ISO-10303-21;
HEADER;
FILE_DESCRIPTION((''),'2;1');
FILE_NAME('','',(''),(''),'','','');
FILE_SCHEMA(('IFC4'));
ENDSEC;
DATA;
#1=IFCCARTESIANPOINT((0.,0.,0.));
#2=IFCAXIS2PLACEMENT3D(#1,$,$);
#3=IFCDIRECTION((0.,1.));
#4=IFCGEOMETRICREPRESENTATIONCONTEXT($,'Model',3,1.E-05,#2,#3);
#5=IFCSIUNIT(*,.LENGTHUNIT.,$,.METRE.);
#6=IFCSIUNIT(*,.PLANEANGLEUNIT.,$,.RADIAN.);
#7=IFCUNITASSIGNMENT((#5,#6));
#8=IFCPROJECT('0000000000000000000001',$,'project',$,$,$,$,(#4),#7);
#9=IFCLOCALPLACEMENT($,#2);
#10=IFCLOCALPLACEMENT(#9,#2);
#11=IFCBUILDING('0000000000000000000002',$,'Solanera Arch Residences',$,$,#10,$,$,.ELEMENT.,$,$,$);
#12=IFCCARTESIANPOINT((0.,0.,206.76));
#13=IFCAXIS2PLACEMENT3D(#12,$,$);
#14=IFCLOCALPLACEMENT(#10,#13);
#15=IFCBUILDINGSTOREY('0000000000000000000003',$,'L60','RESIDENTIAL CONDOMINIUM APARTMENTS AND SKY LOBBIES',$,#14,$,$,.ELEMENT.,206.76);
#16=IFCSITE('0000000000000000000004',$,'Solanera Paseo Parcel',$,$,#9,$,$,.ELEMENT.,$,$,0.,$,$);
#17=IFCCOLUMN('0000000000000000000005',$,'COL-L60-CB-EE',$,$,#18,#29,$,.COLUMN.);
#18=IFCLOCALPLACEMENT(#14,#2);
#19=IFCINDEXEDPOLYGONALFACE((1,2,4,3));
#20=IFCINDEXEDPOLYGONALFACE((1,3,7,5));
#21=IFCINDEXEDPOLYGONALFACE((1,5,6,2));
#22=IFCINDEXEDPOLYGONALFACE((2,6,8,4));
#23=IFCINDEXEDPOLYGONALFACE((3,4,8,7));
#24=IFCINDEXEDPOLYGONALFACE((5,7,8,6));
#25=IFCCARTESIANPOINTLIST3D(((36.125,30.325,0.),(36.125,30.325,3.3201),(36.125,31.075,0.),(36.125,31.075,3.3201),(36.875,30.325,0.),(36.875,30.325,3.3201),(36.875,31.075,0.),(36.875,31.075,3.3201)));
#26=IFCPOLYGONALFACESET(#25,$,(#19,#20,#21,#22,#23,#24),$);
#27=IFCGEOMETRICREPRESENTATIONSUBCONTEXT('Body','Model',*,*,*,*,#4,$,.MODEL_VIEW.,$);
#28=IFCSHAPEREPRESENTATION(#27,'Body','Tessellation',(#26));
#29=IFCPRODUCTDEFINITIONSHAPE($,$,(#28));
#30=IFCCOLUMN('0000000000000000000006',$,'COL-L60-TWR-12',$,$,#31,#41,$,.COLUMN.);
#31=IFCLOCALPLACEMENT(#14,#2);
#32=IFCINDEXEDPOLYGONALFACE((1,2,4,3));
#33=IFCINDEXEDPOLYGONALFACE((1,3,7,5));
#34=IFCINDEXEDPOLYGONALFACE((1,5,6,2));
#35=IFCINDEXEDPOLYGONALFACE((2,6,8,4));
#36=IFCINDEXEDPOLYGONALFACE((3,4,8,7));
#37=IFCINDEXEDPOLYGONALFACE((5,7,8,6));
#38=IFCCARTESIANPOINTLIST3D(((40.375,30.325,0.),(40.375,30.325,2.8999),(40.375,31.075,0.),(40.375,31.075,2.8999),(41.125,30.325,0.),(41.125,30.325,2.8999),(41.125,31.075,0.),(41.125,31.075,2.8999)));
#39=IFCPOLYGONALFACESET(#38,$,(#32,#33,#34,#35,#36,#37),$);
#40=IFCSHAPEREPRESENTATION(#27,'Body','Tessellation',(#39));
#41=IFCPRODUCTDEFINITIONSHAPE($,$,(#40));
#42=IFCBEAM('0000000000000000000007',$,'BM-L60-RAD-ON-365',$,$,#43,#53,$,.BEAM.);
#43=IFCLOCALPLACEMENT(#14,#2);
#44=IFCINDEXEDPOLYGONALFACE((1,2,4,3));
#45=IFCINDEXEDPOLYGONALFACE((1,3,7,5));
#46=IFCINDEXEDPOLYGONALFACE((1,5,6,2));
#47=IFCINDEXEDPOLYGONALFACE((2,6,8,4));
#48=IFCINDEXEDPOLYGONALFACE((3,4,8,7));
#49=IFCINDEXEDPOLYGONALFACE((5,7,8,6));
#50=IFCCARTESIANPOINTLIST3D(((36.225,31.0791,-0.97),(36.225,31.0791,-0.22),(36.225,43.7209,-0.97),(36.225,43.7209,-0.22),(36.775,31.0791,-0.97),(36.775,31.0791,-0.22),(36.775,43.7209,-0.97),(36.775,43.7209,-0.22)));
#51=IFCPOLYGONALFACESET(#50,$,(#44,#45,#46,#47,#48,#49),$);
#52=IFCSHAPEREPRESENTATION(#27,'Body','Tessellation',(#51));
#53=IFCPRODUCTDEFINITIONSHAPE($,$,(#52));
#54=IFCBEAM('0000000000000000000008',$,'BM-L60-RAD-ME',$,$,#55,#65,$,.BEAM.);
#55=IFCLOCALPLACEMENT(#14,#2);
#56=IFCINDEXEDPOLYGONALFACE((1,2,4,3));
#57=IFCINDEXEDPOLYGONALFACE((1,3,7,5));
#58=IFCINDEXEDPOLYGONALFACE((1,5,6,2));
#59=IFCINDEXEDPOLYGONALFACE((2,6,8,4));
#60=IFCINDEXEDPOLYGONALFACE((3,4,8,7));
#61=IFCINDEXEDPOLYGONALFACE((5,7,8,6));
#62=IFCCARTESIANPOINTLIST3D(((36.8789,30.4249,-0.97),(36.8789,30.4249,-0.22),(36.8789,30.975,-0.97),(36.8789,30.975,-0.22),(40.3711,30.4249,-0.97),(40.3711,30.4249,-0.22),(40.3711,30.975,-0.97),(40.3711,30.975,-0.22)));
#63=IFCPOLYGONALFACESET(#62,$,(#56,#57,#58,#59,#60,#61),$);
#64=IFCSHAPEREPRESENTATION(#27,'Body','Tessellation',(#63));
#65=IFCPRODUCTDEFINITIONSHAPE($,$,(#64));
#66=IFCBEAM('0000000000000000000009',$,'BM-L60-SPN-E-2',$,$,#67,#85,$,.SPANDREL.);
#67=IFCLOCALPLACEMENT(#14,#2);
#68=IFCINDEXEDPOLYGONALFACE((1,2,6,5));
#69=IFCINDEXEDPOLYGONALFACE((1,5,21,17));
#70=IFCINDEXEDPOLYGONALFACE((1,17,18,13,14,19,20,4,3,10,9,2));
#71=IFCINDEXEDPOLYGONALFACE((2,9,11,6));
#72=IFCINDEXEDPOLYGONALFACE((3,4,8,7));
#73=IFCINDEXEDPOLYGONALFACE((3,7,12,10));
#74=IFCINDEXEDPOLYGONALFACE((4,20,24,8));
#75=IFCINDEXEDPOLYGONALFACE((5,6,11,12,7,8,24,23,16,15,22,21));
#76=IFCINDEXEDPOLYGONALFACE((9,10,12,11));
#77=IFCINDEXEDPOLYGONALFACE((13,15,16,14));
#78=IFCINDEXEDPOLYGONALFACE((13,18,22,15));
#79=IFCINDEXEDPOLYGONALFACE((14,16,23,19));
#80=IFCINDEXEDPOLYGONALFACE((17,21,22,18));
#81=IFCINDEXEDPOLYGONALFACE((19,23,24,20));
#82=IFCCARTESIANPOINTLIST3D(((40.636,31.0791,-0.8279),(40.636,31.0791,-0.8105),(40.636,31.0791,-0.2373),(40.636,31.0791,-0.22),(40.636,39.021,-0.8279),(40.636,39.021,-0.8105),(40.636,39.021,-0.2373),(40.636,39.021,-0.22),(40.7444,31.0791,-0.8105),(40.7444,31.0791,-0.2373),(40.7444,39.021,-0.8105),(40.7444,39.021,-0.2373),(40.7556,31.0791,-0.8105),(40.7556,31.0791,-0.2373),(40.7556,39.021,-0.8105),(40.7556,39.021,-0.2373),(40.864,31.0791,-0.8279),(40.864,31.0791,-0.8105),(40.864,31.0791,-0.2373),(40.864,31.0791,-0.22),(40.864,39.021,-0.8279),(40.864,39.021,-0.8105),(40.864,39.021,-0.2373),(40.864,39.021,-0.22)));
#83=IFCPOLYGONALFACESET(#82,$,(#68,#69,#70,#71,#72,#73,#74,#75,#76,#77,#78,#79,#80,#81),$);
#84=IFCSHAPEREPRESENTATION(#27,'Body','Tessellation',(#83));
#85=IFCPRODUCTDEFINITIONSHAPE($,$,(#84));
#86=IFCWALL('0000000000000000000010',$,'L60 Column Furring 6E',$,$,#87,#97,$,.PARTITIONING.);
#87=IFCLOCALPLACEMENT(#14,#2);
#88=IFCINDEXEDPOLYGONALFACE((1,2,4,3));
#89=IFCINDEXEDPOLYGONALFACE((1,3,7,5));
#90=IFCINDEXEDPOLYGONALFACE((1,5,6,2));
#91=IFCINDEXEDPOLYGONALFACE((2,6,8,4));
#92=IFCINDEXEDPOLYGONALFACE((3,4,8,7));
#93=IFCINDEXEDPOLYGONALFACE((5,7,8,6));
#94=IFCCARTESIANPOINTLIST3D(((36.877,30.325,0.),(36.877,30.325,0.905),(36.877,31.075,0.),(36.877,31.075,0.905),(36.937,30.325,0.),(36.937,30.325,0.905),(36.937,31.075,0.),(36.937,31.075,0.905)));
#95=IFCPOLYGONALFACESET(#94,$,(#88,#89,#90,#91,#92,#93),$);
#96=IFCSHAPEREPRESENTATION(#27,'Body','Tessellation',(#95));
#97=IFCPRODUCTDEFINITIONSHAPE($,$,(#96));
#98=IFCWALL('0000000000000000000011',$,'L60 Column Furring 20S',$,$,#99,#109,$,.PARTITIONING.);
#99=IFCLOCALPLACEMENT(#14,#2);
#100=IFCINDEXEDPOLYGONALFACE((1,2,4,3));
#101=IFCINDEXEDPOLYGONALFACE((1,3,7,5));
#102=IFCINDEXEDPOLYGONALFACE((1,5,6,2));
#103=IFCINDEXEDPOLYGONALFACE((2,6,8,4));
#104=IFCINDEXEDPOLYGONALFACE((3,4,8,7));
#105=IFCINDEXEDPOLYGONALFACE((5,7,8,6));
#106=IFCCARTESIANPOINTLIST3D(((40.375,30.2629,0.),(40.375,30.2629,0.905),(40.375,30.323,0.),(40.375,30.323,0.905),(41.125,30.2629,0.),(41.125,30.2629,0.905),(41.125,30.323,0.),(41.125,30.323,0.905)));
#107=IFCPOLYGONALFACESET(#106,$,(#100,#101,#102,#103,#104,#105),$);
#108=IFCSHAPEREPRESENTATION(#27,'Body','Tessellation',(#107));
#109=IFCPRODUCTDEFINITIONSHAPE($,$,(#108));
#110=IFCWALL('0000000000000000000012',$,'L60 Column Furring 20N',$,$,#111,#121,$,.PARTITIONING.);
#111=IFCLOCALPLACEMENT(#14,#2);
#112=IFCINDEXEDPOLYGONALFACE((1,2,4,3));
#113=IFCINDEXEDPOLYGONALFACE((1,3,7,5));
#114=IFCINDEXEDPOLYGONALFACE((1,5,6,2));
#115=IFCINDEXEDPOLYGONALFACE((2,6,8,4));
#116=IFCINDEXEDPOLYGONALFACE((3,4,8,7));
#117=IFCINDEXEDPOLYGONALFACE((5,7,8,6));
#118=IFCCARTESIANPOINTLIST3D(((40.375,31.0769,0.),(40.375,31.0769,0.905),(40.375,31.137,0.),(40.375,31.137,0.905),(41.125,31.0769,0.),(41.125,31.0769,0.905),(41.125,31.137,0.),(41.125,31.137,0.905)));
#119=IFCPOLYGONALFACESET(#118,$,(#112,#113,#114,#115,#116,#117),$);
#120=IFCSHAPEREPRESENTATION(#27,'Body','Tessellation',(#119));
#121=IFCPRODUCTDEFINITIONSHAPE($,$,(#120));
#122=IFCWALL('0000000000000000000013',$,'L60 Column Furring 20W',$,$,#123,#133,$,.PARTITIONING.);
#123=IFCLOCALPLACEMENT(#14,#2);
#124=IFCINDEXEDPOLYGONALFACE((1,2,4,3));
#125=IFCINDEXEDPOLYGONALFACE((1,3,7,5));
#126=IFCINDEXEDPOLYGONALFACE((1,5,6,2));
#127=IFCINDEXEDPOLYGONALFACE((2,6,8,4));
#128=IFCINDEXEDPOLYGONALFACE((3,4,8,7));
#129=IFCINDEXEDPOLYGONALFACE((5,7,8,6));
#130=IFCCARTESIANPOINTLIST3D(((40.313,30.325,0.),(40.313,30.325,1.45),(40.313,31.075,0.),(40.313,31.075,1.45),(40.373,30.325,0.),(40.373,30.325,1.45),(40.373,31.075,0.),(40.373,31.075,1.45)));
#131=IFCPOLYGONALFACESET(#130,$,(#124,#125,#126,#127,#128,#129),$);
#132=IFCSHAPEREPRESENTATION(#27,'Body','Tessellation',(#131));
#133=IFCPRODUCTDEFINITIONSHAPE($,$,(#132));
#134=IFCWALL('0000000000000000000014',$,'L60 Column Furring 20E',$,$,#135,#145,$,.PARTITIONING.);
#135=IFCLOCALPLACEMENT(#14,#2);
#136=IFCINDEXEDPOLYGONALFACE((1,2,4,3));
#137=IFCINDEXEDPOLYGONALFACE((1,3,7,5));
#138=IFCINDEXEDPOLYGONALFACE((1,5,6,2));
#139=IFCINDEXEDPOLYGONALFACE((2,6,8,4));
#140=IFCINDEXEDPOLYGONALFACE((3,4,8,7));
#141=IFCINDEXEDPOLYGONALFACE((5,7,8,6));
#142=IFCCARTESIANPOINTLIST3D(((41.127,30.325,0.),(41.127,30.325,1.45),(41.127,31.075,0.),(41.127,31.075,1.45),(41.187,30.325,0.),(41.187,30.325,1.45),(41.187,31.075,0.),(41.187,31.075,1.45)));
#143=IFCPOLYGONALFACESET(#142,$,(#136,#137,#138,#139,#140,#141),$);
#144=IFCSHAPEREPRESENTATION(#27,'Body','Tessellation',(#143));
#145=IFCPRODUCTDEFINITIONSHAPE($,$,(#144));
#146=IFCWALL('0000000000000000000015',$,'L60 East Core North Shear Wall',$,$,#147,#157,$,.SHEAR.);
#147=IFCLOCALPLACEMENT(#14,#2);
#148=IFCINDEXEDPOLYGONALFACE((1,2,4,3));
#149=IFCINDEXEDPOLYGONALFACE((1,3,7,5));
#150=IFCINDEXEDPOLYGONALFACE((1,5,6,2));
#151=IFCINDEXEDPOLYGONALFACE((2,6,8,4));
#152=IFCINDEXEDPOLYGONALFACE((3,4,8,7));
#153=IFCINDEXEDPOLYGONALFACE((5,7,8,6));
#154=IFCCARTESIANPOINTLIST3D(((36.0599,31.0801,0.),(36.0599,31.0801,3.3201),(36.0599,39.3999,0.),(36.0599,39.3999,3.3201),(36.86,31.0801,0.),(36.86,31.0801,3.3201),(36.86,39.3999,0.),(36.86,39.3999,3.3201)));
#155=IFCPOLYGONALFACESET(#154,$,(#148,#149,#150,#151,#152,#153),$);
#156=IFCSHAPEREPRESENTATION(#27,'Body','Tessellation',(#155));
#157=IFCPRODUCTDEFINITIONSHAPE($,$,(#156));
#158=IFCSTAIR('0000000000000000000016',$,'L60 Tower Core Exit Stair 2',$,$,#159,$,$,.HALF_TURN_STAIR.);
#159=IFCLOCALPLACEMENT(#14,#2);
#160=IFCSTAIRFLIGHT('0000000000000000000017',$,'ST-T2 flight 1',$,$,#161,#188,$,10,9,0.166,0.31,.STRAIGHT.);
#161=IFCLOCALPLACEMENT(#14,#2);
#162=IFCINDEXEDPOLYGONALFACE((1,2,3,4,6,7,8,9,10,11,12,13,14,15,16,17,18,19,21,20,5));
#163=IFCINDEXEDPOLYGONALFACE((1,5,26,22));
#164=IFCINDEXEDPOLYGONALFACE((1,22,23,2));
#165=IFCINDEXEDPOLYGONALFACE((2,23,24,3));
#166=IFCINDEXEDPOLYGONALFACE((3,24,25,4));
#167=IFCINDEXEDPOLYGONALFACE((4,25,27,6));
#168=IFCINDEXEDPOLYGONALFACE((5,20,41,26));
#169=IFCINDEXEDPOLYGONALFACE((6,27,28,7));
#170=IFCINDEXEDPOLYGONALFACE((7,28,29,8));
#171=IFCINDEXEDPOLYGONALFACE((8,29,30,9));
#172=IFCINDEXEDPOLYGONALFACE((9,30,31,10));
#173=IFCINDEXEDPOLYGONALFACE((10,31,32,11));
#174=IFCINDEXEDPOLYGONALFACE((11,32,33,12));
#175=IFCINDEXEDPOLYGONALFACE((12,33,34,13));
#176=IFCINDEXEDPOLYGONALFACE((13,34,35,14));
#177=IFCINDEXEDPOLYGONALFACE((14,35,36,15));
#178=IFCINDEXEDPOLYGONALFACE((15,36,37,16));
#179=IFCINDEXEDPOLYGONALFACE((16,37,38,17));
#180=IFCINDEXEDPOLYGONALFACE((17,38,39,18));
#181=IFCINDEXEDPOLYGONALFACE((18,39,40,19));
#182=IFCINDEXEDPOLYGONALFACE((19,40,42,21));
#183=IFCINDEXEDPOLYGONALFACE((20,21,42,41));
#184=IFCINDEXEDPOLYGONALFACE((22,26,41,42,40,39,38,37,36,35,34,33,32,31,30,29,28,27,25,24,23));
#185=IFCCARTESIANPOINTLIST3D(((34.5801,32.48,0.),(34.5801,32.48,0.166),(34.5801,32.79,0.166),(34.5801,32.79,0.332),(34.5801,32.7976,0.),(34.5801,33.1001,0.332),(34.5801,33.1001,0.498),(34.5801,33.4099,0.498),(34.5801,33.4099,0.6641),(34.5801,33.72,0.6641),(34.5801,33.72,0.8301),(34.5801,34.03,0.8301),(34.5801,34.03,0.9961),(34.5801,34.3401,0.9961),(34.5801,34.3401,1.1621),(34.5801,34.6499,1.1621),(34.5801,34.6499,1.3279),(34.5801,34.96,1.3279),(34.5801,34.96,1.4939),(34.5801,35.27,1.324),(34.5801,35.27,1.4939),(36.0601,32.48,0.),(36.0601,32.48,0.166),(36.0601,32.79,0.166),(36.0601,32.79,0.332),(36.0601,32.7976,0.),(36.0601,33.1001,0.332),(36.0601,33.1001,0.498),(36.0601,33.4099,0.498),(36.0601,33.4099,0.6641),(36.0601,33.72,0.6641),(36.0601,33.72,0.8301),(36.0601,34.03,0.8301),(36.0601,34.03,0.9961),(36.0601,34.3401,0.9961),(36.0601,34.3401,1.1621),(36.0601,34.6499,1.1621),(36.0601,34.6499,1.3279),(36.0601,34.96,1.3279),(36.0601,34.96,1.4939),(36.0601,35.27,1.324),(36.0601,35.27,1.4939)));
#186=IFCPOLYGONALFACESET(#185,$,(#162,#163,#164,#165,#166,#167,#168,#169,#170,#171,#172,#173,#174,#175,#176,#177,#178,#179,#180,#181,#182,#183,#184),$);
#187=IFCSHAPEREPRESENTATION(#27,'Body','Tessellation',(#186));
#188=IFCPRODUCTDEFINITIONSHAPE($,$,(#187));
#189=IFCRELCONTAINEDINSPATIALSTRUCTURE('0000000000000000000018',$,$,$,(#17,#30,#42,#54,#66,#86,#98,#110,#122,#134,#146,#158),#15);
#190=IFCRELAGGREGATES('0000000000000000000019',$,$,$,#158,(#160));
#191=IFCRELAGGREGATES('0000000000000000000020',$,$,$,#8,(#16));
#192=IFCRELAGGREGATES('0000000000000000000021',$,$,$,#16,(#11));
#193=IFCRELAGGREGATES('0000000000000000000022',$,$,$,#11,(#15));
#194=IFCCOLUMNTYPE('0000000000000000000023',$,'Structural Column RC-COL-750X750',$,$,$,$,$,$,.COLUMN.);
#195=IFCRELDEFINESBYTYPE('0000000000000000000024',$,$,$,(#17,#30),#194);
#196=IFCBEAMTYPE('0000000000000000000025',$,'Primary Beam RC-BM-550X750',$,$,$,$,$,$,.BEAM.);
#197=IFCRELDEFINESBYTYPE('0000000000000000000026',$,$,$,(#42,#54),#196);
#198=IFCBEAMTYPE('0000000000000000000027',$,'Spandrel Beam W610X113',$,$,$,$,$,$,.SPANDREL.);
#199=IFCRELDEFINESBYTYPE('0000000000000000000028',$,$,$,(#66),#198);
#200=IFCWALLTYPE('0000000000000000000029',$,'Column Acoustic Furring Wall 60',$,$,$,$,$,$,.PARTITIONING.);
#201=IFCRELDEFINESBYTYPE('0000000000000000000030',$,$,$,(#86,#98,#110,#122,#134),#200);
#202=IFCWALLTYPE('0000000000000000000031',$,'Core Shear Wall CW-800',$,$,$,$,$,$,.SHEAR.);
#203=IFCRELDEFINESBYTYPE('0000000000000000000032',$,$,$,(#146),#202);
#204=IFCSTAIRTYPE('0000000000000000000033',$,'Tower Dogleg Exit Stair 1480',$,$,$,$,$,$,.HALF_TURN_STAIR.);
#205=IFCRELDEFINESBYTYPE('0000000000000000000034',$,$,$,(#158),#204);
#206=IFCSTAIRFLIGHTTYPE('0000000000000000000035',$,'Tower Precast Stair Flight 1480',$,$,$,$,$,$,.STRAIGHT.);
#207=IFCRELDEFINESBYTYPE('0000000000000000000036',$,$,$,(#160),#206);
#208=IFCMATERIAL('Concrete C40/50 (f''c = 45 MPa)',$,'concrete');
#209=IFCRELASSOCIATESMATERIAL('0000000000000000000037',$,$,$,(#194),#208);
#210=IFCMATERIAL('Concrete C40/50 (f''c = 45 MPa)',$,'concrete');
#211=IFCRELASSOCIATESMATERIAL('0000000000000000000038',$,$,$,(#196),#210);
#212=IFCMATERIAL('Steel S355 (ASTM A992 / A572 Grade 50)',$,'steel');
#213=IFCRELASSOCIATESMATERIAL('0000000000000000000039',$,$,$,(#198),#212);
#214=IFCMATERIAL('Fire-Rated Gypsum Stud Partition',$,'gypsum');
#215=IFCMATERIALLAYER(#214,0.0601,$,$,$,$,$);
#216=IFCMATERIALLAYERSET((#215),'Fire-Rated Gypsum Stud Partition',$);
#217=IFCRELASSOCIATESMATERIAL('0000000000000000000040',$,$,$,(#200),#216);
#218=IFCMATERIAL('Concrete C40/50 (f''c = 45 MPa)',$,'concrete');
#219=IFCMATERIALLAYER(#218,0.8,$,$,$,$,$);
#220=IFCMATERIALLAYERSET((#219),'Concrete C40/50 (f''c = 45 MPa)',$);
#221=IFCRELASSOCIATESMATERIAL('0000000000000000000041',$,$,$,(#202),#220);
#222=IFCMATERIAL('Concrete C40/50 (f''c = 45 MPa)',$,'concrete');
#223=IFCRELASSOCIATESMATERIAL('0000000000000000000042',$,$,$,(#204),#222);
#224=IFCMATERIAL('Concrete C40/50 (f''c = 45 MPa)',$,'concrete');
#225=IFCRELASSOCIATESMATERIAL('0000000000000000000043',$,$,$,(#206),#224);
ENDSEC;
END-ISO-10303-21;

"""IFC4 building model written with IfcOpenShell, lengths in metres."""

from ifc_helpers import new_model, si_unit, direction, frame, frame_2d, origin, origin_2d, place, context, subcontext, project, spatial, polyline, rectangle, i_section, outline, extrude, material, layer, layer_set, material_profile, profile_set, type_object, element, aggregate, save


model = new_model("IFC4")

# Units and contexts
model_context = context("Model", 3, precision=1e-05, world=origin(), true_north=direction((0.0, 1.0)))
body_context = subcontext(model_context, "Body", "Model", "MODEL_VIEW")
ifc_project = project(units=[si_unit("LENGTHUNIT", "METRE"), si_unit("PLANEANGLEUNIT", "RADIAN")], contexts=[model_context])

# Site, building, storey
site_placement = place(None, origin())
site = spatial("IfcSite", under=ifc_project, at=site_placement, Name="Solanera Paseo Parcel", CompositionType="ELEMENT", RefElevation=0.0)
building_placement = place(site_placement, origin())
building = spatial("IfcBuilding", under=site, at=building_placement, Name="Solanera Arch Residences", CompositionType="ELEMENT")
storey_placement = place(building_placement, frame((0.0, 0.0, 206.76)))
storey = spatial("IfcBuildingStorey", under=building, at=storey_placement, Name="L60", Description="RESIDENTIAL CONDOMINIUM APARTMENTS AND SKY LOBBIES", CompositionType="ELEMENT", Elevation=206.76)

# Columns
ifc_material_1 = material(Name="Concrete C40/50 (f'c = 45 MPa)", Category="concrete")
ifc_material_profile_1 = material_profile(ifc_material_1, rectangle(XDim=0.75, YDim=0.75, at=origin_2d()))
ifc_profile_set_1 = profile_set([ifc_material_profile_1], Name="Concrete C40/50 (f'c = 45 MPa)")
column_type = type_object("IfcColumnType", Name="Structural Column RC-COL-750X750", PredefinedType="COLUMN", material=ifc_profile_set_1)
column_1_placement = place(storey_placement, frame((36.5, 30.7, 0.0), z_axis=(0.0, 0.0, 1.0), x_axis=(1.0, 0.0, 0.0)))
element("IfcColumn", 1, at=column_1_placement, inside=storey, type_object=column_type, Name="COL-L60-CB-EE", PredefinedType="COLUMN", context=body_context, shape_type="SweptSolid", body=[
    extrude(rectangle(XDim=0.75, YDim=0.75, at=origin_2d()), origin(), (0.0, 0.0, 1.0), 3.3201),
])
column_2_placement = place(storey_placement, frame((40.75, 30.7, 0.0), z_axis=(0.0, 0.0, 1.0), x_axis=(1.0, 0.0, 0.0)))
element("IfcColumn", 2, at=column_2_placement, inside=storey, type_object=column_type, Name="COL-L60-TWR-12", PredefinedType="COLUMN", context=body_context, shape_type="SweptSolid", body=[
    extrude(rectangle(XDim=0.75, YDim=0.75, at=origin_2d()), origin(), (0.0, 0.0, 1.0), 2.8999),
])

# Beams
ifc_material_2 = material(Name="Concrete C40/50 (f'c = 45 MPa)", Category="concrete")
ifc_material_profile_2 = material_profile(ifc_material_2, rectangle(XDim=0.55, YDim=0.75, at=origin_2d()))
ifc_profile_set_2 = profile_set([ifc_material_profile_2], Name="Concrete C40/50 (f'c = 45 MPa)")
beam_type_1 = type_object("IfcBeamType", Name="Primary Beam RC-BM-550X750", PredefinedType="BEAM", material=ifc_profile_set_2)
beam_1_placement = place(storey_placement, frame((36.5, 31.0791, -0.595), z_axis=(0.0, 1.0, 0.0), x_axis=(-1.0, 0.0, 0.0)))
element("IfcBeam", 3, at=beam_1_placement, inside=storey, type_object=beam_type_1, Name="BM-L60-RAD-ON-365", PredefinedType="BEAM", context=body_context, shape_type="SweptSolid", body=[
    extrude(rectangle(XDim=0.55, YDim=0.75, at=origin_2d()), origin(), (0.0, 0.0, 1.0), 12.6418),
])
beam_2_placement = place(storey_placement, frame((36.8789, 30.7, -0.595), z_axis=(1.0, 0.0, 0.0), x_axis=(0.0, 1.0, 0.0)))
element("IfcBeam", 4, at=beam_2_placement, inside=storey, type_object=beam_type_1, Name="BM-L60-RAD-ME", PredefinedType="BEAM", context=body_context, shape_type="SweptSolid", body=[
    extrude(rectangle(XDim=0.55, YDim=0.75, at=origin_2d()), origin(), (0.0, 0.0, 1.0), 3.4922),
])
ifc_material_3 = material(Name="Steel S355 (ASTM A992 / A572 Grade 50)", Category="steel")
ifc_material_profile_3 = material_profile(ifc_material_3, i_section(OverallWidth=0.228, OverallDepth=0.6079, WebThickness=0.0112, FlangeThickness=0.0173, at=origin_2d()))
ifc_profile_set_3 = profile_set([ifc_material_profile_3], Name="Steel S355 (ASTM A992 / A572 Grade 50)")
beam_type_2 = type_object("IfcBeamType", Name="Spandrel Beam W610X113", PredefinedType="SPANDREL", material=ifc_profile_set_3)
beam_3_placement = place(storey_placement, frame((40.75, 31.0791, -0.5239), z_axis=(0.0, 1.0, 0.0), x_axis=(-1.0, 0.0, 0.0)))
element("IfcBeam", 5, at=beam_3_placement, inside=storey, type_object=beam_type_2, Name="BM-L60-SPN-E-2", PredefinedType="SPANDREL", context=body_context, shape_type="SweptSolid", body=[
    extrude(i_section(OverallWidth=0.228, OverallDepth=0.6079, WebThickness=0.0112, FlangeThickness=0.0173, at=origin_2d()), origin(), (0.0, 0.0, 1.0), 7.9419),
])

# Walls
ifc_material_4 = material(Name="Fire-Rated Gypsum Stud Partition", Category="gypsum")
ifc_layer_1 = layer(ifc_material_4, 0.0601)
ifc_layer_set_1 = layer_set([ifc_layer_1], Name="Fire-Rated Gypsum Stud Partition")
wall_type_1 = type_object("IfcWallType", Name="Column Acoustic Furring Wall 60", PredefinedType="PARTITIONING", material=ifc_layer_set_1)
for number, where, z_axis, x_axis, name in (
    (6, (36.907, 30.325, 0.0), (0.0, 0.0, 1.0), (0.0, 1.0, 0.0), "L60 Column Furring 6E"),
    (7, (40.375, 30.293, 0.0), (0.0, 0.0, 1.0), (1.0, 0.0, 0.0), "L60 Column Furring 20S"),
    (8, (40.375, 31.1069, 0.0), (0.0, 0.0, 1.0), (1.0, 0.0, 0.0), "L60 Column Furring 20N"),
):
    element("IfcWall", number, at=place(storey_placement, frame(where, z_axis=z_axis, x_axis=x_axis)), inside=storey, type_object=wall_type_1, Name=name, PredefinedType="PARTITIONING", context=body_context, shape_type="SweptSolid", body=[
        extrude(rectangle(XDim=0.75, YDim=0.0601, at=frame_2d((0.375, 0.0))), origin(), (0.0, 0.0, 1.0), 0.905),
    ])
for number, where, z_axis, x_axis, name in (
    (9, (40.343, 30.325, 0.0), (0.0, 0.0, 1.0), (0.0, 1.0, 0.0), "L60 Column Furring 20W"),
    (10, (41.157, 30.325, 0.0), (0.0, 0.0, 1.0), (0.0, 1.0, 0.0), "L60 Column Furring 20E"),
):
    element("IfcWall", number, at=place(storey_placement, frame(where, z_axis=z_axis, x_axis=x_axis)), inside=storey, type_object=wall_type_1, Name=name, PredefinedType="PARTITIONING", context=body_context, shape_type="SweptSolid", body=[
        extrude(rectangle(XDim=0.75, YDim=0.0601, at=frame_2d((0.375, 0.0))), origin(), (0.0, 0.0, 1.0), 1.45),
    ])
ifc_material_5 = material(Name="Concrete C40/50 (f'c = 45 MPa)", Category="concrete")
ifc_layer_2 = layer(ifc_material_5, 0.8)
ifc_layer_set_2 = layer_set([ifc_layer_2], Name="Concrete C40/50 (f'c = 45 MPa)")
wall_type_2 = type_object("IfcWallType", Name="Core Shear Wall CW-800", PredefinedType="SHEAR", material=ifc_layer_set_2)
wall_placement = place(storey_placement, frame((36.46, 31.0801, 0.0), z_axis=(0.0, 0.0, 1.0), x_axis=(0.0, 1.0, 0.0)))
element("IfcWall", 11, at=wall_placement, inside=storey, type_object=wall_type_2, Name="L60 East Core North Shear Wall", PredefinedType="SHEAR", context=body_context, shape_type="SweptSolid", body=[
    extrude(rectangle(XDim=8.3198, YDim=0.8, at=frame_2d((4.1599, 0.0))), origin(), (0.0, 0.0, 1.0), 3.3201),
])

# Stair, stair flight
ifc_material_6 = material(Name="Concrete C40/50 (f'c = 45 MPa)", Category="concrete")
stair_type = type_object("IfcStairType", Name="Tower Dogleg Exit Stair 1480", PredefinedType="HALF_TURN_STAIR", material=ifc_material_6)
stair_placement = place(storey_placement, origin())
stair = element("IfcStair", 12, at=stair_placement, inside=storey, type_object=stair_type, Name="L60 Tower Core Exit Stair 2", PredefinedType="HALF_TURN_STAIR")
ifc_material_7 = material(Name="Concrete C40/50 (f'c = 45 MPa)", Category="concrete")
stair_flight_type = type_object("IfcStairFlightType", Name="Tower Precast Stair Flight 1480", PredefinedType="STRAIGHT", material=ifc_material_7)
stair_flight_1_placement = place(storey_placement, frame((35.3201, 32.48, 0.0), z_axis=(0.0, 0.0, 1.0), x_axis=(0.0, 1.0, 0.0)))
stair_flight_1 = element("IfcStairFlight", 13, at=stair_flight_1_placement, type_object=stair_flight_type, Name="ST-T2 flight 1", NumberOfRisers=10, NumberOfTreads=9, PredefinedType="STRAIGHT", RiserHeight=0.166, TreadLength=0.31, context=body_context, shape_type="SweptSolid", body=[
    extrude(outline(polyline([(0.0, 0.0), (0.0, 0.166), (0.3101, 0.166), (0.3101, 0.332), (0.6201, 0.332), (0.6201, 0.498), (0.9299, 0.498), (0.9299, 0.6641), (1.24, 0.6641), (1.24, 0.8301), (1.55, 0.8301), (1.55, 0.9961), (1.8601, 0.9961), (1.8601, 1.1621), (2.1699, 1.1621), (2.1699, 1.3279), (2.48, 1.3279), (2.48, 1.4939), (2.79, 1.4939), (2.79, 1.6599), (2.79, 1.324), (0.3176, 0.0), (0.0, 0.0)])), frame((0.0, 0.74, 0.0), z_axis=(0.0, -1.0, 0.0), x_axis=(1.0, 0.0, 0.0)), (0.0, 0.0, 1.0), 1.48),
])
aggregate(stair, [stair_flight_1])

save(model, "model.ifc")
